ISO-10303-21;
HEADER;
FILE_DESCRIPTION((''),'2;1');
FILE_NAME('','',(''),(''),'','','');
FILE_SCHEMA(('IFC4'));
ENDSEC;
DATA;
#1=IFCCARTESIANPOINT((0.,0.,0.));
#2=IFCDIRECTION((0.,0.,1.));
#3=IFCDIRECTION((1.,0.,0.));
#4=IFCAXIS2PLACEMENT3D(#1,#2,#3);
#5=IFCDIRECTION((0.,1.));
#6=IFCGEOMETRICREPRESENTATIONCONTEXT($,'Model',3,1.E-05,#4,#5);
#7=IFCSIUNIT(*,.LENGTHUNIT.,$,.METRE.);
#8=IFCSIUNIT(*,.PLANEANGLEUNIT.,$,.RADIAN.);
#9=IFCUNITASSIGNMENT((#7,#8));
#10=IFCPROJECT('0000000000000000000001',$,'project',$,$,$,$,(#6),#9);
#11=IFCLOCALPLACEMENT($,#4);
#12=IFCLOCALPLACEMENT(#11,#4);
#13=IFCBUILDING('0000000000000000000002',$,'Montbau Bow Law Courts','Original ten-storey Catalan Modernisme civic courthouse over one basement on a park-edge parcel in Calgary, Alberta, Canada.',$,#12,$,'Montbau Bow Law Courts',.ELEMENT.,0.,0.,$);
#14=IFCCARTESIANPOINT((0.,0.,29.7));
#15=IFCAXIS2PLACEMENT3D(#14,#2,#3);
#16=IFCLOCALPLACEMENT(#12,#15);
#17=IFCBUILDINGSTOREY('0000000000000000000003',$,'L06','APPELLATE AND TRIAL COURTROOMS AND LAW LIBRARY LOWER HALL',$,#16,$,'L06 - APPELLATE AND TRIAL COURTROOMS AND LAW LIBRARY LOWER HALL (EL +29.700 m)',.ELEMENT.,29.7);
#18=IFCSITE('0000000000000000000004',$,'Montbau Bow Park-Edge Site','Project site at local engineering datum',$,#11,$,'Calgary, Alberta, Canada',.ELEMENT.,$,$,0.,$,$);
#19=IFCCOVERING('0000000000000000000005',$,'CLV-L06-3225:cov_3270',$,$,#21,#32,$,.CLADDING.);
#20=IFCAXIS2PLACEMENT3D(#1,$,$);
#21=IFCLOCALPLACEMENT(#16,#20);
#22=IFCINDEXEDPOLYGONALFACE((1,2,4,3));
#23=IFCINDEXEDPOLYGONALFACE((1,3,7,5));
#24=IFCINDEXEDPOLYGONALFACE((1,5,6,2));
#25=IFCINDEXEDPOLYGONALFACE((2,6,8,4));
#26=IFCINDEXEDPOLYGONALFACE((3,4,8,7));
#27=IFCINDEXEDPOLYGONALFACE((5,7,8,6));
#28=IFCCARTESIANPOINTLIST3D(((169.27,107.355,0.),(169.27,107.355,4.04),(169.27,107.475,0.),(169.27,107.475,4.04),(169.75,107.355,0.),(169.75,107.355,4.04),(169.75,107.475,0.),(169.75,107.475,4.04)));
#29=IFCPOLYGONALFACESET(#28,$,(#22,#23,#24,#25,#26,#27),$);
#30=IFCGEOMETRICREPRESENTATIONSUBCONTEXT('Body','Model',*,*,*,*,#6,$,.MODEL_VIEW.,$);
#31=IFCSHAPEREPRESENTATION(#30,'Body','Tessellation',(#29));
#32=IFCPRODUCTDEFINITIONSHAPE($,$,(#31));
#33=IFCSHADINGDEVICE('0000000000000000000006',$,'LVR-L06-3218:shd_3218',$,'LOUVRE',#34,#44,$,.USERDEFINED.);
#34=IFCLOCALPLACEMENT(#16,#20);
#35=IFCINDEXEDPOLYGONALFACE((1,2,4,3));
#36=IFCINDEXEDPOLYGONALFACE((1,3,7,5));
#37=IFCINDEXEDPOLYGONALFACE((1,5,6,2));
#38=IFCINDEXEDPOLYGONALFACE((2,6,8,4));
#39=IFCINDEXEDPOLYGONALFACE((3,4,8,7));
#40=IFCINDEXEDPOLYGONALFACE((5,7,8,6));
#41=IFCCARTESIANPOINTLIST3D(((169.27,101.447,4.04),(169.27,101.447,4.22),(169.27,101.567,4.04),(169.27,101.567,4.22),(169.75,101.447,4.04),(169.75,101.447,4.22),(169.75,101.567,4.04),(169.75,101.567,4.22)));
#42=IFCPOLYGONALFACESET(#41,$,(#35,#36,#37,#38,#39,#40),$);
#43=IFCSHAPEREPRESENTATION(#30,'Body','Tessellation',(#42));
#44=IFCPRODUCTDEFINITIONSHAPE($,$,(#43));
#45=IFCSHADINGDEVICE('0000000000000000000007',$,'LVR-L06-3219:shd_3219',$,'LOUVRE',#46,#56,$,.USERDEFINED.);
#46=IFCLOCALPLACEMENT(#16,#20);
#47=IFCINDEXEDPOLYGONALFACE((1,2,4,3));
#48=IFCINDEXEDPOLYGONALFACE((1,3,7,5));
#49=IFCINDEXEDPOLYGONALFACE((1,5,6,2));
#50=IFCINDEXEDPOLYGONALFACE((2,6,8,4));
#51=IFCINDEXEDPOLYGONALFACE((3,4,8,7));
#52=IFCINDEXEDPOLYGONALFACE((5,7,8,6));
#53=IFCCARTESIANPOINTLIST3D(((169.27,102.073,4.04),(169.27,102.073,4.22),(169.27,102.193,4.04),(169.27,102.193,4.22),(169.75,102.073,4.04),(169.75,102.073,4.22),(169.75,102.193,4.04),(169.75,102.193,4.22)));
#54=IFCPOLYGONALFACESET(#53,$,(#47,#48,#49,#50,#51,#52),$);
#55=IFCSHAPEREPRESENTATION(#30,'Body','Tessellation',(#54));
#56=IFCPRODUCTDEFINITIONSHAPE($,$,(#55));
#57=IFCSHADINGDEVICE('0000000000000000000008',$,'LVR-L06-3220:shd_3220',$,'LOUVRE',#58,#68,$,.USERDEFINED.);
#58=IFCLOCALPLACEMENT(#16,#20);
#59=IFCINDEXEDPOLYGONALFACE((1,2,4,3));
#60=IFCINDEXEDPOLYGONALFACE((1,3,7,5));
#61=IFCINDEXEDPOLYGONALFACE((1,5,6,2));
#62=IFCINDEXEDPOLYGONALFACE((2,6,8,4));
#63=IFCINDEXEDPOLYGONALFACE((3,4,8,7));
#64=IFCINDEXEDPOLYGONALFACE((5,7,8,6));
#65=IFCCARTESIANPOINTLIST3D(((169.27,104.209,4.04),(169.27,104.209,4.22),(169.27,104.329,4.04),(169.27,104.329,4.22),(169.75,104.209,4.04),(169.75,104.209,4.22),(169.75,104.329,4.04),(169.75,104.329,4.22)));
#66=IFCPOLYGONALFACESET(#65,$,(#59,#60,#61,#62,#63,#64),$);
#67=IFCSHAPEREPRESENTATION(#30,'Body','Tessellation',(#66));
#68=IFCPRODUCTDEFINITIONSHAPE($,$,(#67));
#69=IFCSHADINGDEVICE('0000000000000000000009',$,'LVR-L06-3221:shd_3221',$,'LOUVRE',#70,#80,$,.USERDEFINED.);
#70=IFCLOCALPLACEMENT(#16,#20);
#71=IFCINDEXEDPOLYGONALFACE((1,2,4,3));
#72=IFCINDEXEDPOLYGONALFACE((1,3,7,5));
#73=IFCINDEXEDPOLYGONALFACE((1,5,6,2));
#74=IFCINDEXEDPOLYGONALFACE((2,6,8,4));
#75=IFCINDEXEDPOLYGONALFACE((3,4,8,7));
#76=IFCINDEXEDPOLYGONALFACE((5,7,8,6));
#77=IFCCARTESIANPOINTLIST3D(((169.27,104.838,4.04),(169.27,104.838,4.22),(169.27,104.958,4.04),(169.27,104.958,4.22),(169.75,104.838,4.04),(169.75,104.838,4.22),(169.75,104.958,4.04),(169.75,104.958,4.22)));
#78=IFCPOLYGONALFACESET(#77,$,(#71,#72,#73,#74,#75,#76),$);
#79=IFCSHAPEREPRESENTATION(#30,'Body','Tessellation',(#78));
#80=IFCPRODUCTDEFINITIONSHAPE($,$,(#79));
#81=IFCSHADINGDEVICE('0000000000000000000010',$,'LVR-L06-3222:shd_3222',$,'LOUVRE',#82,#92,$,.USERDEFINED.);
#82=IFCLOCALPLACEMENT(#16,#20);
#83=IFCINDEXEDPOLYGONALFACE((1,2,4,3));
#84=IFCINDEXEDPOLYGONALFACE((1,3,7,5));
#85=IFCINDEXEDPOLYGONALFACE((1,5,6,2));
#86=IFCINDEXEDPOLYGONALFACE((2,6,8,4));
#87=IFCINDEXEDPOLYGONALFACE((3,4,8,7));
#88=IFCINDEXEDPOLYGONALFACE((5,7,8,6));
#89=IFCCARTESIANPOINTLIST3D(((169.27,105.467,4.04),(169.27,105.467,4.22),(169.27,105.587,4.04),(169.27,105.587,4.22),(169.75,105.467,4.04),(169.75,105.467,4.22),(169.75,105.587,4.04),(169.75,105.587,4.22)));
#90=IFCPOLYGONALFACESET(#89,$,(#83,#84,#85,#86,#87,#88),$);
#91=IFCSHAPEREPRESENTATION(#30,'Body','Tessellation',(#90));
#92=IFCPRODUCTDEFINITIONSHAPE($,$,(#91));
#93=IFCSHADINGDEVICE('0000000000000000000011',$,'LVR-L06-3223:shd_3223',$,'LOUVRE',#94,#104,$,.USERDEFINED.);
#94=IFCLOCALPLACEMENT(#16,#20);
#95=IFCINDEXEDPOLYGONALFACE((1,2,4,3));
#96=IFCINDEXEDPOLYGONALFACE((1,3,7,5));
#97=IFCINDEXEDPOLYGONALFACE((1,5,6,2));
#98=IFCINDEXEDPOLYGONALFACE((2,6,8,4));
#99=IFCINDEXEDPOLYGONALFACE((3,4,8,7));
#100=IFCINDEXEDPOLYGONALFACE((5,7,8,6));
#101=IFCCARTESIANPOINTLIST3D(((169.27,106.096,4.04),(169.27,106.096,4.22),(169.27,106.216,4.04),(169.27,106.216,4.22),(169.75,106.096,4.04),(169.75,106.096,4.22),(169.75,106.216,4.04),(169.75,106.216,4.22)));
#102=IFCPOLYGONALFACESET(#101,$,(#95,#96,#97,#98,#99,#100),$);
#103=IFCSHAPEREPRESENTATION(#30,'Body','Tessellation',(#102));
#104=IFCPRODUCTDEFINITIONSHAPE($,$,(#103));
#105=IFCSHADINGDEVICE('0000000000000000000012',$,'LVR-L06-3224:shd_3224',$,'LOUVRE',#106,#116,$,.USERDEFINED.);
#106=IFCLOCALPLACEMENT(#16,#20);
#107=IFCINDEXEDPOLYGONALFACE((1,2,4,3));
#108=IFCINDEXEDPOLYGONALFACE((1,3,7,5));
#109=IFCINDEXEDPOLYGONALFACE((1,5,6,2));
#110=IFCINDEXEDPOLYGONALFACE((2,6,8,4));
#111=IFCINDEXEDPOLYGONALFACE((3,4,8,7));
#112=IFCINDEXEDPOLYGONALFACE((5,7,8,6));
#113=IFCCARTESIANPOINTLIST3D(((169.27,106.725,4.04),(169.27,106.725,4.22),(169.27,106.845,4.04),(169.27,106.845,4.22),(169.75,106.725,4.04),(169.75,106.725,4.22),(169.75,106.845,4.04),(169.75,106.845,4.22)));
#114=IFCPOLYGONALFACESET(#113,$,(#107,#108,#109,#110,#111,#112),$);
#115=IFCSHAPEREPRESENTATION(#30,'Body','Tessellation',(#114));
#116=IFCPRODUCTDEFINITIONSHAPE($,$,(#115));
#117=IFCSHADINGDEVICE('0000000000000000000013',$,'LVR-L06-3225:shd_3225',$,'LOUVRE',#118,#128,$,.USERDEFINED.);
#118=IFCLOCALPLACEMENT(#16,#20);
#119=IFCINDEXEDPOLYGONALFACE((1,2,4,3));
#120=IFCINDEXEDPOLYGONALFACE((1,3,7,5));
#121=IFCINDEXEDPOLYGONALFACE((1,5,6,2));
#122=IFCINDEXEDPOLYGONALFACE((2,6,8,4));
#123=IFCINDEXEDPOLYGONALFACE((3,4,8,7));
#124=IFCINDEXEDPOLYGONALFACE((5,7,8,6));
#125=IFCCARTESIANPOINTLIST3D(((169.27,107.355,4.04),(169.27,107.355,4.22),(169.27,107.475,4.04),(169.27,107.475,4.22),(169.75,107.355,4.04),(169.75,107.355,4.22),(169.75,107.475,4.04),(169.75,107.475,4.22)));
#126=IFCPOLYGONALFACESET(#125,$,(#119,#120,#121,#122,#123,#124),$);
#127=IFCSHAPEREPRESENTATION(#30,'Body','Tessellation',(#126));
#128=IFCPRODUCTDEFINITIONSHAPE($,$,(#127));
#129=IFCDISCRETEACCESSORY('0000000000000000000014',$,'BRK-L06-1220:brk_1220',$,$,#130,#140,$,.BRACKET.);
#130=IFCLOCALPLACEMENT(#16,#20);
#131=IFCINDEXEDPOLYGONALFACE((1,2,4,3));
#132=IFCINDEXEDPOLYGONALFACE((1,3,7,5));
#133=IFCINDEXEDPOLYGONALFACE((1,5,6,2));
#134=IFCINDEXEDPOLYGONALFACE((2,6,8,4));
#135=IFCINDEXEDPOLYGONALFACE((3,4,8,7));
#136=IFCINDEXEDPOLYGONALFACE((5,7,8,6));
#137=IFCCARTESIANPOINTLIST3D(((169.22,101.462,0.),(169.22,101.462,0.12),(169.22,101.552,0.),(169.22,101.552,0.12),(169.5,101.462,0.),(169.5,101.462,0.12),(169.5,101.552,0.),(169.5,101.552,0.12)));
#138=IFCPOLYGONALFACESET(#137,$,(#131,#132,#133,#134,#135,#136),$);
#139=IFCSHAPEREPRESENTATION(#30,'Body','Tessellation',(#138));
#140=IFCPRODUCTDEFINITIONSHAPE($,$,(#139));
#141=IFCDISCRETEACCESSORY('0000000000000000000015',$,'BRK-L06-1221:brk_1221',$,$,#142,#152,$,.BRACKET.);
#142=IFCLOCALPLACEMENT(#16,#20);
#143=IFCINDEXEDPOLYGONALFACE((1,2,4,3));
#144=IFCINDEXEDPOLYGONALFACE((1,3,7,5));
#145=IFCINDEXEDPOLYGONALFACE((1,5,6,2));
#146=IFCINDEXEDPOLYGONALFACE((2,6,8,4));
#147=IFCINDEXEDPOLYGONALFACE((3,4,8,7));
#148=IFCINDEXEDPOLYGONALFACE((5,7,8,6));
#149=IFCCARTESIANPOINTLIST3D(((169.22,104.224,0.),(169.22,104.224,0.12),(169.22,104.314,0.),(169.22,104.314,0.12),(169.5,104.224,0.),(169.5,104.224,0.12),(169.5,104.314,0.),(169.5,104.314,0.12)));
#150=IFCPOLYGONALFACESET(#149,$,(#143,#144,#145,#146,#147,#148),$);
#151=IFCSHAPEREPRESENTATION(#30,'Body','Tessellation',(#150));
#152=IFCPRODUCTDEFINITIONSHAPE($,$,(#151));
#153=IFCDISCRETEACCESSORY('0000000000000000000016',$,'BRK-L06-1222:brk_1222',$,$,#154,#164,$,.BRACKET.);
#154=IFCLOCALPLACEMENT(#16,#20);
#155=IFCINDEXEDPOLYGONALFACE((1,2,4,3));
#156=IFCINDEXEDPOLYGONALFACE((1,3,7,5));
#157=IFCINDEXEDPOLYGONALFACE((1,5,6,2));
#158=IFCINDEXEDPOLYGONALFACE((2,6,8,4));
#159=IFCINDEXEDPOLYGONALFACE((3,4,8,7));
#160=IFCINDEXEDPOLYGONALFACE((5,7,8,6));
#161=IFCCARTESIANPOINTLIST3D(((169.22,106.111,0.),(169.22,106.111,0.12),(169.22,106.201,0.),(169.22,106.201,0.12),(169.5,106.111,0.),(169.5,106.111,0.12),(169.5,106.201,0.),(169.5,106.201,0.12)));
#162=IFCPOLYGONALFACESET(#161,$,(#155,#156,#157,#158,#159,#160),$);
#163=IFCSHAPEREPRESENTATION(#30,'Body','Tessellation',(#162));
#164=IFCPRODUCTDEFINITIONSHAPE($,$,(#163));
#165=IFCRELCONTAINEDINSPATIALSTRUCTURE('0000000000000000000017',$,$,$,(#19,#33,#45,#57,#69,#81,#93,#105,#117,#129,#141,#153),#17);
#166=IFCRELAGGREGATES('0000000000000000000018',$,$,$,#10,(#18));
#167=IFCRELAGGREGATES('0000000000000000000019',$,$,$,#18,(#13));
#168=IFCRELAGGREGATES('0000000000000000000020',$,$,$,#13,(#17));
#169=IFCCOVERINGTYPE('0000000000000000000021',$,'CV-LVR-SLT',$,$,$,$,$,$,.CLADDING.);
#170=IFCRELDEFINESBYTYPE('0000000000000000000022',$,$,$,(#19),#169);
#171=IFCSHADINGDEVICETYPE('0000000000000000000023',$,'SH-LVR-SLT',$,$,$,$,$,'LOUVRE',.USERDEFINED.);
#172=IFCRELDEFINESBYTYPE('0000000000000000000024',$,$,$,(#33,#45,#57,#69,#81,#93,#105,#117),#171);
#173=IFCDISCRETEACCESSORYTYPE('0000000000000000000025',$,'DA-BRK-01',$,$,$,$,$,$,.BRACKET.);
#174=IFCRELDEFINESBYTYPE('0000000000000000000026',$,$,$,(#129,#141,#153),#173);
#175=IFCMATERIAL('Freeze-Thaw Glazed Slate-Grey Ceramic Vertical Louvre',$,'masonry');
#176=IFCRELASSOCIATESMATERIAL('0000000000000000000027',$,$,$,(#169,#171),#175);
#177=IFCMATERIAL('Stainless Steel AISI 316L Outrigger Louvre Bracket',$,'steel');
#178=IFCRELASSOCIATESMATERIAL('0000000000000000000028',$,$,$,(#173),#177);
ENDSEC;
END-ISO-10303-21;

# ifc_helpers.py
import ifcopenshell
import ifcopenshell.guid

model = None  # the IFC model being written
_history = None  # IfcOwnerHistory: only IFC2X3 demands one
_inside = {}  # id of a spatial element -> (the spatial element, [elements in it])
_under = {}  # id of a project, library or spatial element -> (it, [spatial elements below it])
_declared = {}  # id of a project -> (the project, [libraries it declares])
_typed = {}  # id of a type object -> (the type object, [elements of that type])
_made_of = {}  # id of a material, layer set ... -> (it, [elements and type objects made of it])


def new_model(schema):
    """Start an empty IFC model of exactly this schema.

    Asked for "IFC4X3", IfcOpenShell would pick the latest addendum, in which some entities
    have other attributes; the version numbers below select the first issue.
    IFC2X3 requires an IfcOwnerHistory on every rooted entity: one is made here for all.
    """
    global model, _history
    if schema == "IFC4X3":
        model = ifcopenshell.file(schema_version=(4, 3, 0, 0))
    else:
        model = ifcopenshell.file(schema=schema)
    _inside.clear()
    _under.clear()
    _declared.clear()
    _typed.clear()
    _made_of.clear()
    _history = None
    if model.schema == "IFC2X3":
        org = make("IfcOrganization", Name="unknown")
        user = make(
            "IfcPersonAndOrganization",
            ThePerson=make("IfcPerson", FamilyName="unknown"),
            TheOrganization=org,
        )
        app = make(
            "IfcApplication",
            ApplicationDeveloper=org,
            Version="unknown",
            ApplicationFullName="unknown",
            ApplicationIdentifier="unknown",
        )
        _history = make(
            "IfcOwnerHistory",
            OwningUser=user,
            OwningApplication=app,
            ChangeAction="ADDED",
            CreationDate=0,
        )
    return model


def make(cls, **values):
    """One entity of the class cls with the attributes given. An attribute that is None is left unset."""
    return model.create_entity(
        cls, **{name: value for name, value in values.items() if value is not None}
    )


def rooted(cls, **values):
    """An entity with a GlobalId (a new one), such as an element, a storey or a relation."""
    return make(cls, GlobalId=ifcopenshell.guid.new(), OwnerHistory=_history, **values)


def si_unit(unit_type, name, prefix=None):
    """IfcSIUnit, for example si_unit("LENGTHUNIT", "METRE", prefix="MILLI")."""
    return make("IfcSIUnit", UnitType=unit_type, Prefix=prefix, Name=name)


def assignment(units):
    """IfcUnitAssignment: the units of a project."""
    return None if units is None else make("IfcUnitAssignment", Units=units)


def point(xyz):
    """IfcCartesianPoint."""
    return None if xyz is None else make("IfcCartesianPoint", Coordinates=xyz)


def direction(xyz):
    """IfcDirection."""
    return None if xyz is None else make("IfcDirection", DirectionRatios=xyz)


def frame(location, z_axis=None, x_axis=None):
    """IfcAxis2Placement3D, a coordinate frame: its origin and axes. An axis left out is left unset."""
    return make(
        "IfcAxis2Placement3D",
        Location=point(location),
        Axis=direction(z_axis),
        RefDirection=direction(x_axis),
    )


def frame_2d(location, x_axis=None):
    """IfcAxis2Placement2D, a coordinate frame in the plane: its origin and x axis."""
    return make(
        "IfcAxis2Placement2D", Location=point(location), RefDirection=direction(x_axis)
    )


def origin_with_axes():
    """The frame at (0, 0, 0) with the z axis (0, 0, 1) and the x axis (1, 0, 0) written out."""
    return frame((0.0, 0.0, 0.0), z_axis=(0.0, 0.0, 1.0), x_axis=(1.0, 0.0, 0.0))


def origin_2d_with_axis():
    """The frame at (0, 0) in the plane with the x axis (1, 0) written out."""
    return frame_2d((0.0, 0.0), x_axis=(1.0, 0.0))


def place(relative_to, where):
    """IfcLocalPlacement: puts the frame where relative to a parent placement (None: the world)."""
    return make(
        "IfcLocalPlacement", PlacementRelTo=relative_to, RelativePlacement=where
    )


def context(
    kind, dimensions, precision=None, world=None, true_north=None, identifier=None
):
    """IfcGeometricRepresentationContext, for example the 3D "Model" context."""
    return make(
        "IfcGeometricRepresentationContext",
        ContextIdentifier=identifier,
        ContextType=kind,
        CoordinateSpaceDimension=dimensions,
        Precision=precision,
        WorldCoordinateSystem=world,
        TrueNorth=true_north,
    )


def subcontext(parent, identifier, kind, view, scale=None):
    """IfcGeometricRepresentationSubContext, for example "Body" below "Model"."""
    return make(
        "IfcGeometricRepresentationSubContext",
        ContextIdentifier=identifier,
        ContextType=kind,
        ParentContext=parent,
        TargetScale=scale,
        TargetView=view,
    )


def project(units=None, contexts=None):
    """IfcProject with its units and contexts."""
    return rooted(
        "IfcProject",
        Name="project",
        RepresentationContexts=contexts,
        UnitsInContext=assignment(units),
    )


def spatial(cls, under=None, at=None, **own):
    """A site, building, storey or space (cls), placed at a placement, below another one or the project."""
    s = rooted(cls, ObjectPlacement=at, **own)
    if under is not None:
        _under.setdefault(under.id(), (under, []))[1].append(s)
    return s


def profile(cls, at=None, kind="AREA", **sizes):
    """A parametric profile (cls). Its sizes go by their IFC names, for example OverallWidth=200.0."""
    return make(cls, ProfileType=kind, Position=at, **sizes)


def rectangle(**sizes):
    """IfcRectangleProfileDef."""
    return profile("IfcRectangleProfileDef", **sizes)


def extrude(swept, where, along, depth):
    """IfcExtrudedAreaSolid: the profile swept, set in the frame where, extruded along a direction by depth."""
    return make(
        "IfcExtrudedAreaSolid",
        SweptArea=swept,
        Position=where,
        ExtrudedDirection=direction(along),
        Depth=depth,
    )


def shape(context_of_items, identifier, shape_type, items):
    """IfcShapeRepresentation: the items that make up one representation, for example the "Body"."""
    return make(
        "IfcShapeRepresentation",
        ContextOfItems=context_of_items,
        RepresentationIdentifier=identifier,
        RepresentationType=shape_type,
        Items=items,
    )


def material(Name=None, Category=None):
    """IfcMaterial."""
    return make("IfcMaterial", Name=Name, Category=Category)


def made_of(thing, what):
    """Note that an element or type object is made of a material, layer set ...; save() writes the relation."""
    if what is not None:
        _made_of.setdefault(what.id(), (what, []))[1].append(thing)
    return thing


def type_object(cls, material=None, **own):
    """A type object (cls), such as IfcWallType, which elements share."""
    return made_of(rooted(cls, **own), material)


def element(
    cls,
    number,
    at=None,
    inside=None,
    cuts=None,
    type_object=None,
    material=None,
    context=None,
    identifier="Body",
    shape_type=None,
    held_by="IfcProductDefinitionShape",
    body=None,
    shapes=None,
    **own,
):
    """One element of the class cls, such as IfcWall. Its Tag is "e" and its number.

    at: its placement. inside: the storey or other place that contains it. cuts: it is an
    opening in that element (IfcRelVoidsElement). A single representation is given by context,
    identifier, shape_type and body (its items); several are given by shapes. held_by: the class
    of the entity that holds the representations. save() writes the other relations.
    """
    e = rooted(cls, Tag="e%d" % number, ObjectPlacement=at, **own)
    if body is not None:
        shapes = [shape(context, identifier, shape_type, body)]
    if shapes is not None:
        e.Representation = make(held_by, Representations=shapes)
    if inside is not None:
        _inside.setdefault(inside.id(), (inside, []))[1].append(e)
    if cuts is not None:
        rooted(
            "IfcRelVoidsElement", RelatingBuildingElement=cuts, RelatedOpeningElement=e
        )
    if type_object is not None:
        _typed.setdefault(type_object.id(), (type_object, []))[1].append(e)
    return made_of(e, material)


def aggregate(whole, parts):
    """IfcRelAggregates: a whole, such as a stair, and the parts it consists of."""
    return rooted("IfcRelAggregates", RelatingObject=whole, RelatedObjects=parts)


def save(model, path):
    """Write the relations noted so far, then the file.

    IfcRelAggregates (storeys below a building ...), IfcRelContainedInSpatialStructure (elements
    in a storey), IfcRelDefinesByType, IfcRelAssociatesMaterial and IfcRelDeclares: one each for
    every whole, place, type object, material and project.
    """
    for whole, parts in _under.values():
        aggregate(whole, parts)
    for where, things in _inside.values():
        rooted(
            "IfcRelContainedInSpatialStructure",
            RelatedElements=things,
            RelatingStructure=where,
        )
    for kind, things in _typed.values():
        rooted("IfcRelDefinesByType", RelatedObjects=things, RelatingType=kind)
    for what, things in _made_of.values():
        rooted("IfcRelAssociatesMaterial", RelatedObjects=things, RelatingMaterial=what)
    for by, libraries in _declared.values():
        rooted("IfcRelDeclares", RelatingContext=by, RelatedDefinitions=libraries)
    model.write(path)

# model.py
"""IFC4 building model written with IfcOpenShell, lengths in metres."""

from ifc_helpers import new_model, si_unit, direction, frame, frame_2d, origin_with_axes, origin_2d_with_axis, place, context, subcontext, project, spatial, rectangle, extrude, material, type_object, element, save


model = new_model("IFC4")

# Units and contexts
model_context = context("Model", 3, precision=1e-05, world=origin_with_axes(), true_north=direction((0.0, 1.0)))
body_context = subcontext(model_context, "Body", "Model", "MODEL_VIEW")
ifc_project = project(units=[si_unit("LENGTHUNIT", "METRE"), si_unit("PLANEANGLEUNIT", "RADIAN")], contexts=[model_context])

# Site, building, storey
site_placement = place(None, origin_with_axes())
site = spatial("IfcSite", under=ifc_project, at=site_placement, Name="Montbau Bow Park-Edge Site", Description="Project site at local engineering datum", LongName="Calgary, Alberta, Canada", CompositionType="ELEMENT", RefElevation=0.0)
building_placement = place(site_placement, origin_with_axes())
building = spatial("IfcBuilding", under=site, at=building_placement, Name="Montbau Bow Law Courts", Description="Original ten-storey Catalan Modernisme civic courthouse over one basement on a park-edge parcel in Calgary, Alberta, Canada.", LongName="Montbau Bow Law Courts", CompositionType="ELEMENT", ElevationOfRefHeight=0.0, ElevationOfTerrain=0.0)
storey_placement = place(building_placement, frame((0.0, 0.0, 29.7), z_axis=(0.0, 0.0, 1.0), x_axis=(1.0, 0.0, 0.0)))
storey = spatial("IfcBuildingStorey", under=building, at=storey_placement, Name="L06", Description="APPELLATE AND TRIAL COURTROOMS AND LAW LIBRARY LOWER HALL", LongName="L06 - APPELLATE AND TRIAL COURTROOMS AND LAW LIBRARY LOWER HALL (EL +29.700 m)", CompositionType="ELEMENT", Elevation=29.7)

# Covering
ifc_material_1 = material(Name="Freeze-Thaw Glazed Slate-Grey Ceramic Vertical Louvre", Category="masonry")
covering_type = type_object("IfcCoveringType", Name="CV-LVR-SLT", PredefinedType="CLADDING", material=ifc_material_1)
for number, where, z_axis, x_axis, name in (
    (1, (169.27, 107.415, 29.7), (0.0, -1.0, 0.0), (1.0, 0.0, 0.0), "CLV-L06-3225:cov_3270"),
):
    element("IfcCovering", number, at=place(None, frame(where, z_axis=z_axis, x_axis=x_axis)), inside=storey, type_object=covering_type, Name=name, PredefinedType="CLADDING", context=body_context, shape_type="SweptSolid", body=[
        extrude(rectangle(XDim=0.48, YDim=4.04, at=frame_2d((0.24, 2.02), x_axis=(1.0, 0.0))), frame((0.0, 0.0, -0.06), z_axis=(0.0, 0.0, 1.0), x_axis=(1.0, 0.0, 0.0)), (0.0, 0.0, 1.0), 0.12),
    ])

# Shading devices
shading_device_type = type_object("IfcShadingDeviceType", Name="SH-LVR-SLT", ElementType="LOUVRE", PredefinedType="USERDEFINED", material=ifc_material_1)
for number, where, z_axis, x_axis, name in (
    (2, (169.51, 101.507, 33.74), (0.0, 0.0, 1.0), (1.0, 0.0, 0.0), "LVR-L06-3218:shd_3218"),
    (3, (169.51, 102.133, 33.74), (0.0, 0.0, 1.0), (1.0, 0.0, 0.0), "LVR-L06-3219:shd_3219"),
    (4, (169.51, 104.269, 33.74), (0.0, 0.0, 1.0), (1.0, 0.0, 0.0), "LVR-L06-3220:shd_3220"),
    (5, (169.51, 104.898, 33.74), (0.0, 0.0, 1.0), (1.0, 0.0, 0.0), "LVR-L06-3221:shd_3221"),
    (6, (169.51, 105.527, 33.74), (0.0, 0.0, 1.0), (1.0, 0.0, 0.0), "LVR-L06-3222:shd_3222"),
    (7, (169.51, 106.156, 33.74), (0.0, 0.0, 1.0), (1.0, 0.0, 0.0), "LVR-L06-3223:shd_3223"),
    (8, (169.51, 106.785, 33.74), (0.0, 0.0, 1.0), (1.0, 0.0, 0.0), "LVR-L06-3224:shd_3224"),
    (9, (169.51, 107.415, 33.74), (0.0, 0.0, 1.0), (1.0, 0.0, 0.0), "LVR-L06-3225:shd_3225"),
):
    element("IfcShadingDevice", number, at=place(None, frame(where, z_axis=z_axis, x_axis=x_axis)), inside=storey, type_object=shading_device_type, Name=name, ObjectType="LOUVRE", PredefinedType="USERDEFINED", context=body_context, shape_type="SweptSolid", body=[
        extrude(rectangle(XDim=0.48, YDim=0.12, at=origin_2d_with_axis()), origin_with_axes(), (0.0, 0.0, 1.0), 0.18),
    ])

# Discrete accessories
ifc_material_2 = material(Name="Stainless Steel AISI 316L Outrigger Louvre Bracket", Category="steel")
discrete_accessory_type = type_object("IfcDiscreteAccessoryType", Name="DA-BRK-01", PredefinedType="BRACKET", material=ifc_material_2)
for number, where, z_axis, x_axis, name in (
    (10, (169.36, 101.507, 29.7), (0.0, 0.0, 1.0), (1.0, 0.0, 0.0), "BRK-L06-1220:brk_1220"),
    (11, (169.36, 104.269, 29.7), (0.0, 0.0, 1.0), (1.0, 0.0, 0.0), "BRK-L06-1221:brk_1221"),
    (12, (169.36, 106.156, 29.7), (0.0, 0.0, 1.0), (1.0, 0.0, 0.0), "BRK-L06-1222:brk_1222"),
):
    element("IfcDiscreteAccessory", number, at=place(None, frame(where, z_axis=z_axis, x_axis=x_axis)), inside=storey, type_object=discrete_accessory_type, Name=name, PredefinedType="BRACKET", context=body_context, shape_type="SweptSolid", body=[
        extrude(rectangle(XDim=0.28, YDim=0.09, at=origin_2d_with_axis()), origin_with_axes(), (0.0, 0.0, 1.0), 0.12),
    ])

save(model, "model.ifc")
